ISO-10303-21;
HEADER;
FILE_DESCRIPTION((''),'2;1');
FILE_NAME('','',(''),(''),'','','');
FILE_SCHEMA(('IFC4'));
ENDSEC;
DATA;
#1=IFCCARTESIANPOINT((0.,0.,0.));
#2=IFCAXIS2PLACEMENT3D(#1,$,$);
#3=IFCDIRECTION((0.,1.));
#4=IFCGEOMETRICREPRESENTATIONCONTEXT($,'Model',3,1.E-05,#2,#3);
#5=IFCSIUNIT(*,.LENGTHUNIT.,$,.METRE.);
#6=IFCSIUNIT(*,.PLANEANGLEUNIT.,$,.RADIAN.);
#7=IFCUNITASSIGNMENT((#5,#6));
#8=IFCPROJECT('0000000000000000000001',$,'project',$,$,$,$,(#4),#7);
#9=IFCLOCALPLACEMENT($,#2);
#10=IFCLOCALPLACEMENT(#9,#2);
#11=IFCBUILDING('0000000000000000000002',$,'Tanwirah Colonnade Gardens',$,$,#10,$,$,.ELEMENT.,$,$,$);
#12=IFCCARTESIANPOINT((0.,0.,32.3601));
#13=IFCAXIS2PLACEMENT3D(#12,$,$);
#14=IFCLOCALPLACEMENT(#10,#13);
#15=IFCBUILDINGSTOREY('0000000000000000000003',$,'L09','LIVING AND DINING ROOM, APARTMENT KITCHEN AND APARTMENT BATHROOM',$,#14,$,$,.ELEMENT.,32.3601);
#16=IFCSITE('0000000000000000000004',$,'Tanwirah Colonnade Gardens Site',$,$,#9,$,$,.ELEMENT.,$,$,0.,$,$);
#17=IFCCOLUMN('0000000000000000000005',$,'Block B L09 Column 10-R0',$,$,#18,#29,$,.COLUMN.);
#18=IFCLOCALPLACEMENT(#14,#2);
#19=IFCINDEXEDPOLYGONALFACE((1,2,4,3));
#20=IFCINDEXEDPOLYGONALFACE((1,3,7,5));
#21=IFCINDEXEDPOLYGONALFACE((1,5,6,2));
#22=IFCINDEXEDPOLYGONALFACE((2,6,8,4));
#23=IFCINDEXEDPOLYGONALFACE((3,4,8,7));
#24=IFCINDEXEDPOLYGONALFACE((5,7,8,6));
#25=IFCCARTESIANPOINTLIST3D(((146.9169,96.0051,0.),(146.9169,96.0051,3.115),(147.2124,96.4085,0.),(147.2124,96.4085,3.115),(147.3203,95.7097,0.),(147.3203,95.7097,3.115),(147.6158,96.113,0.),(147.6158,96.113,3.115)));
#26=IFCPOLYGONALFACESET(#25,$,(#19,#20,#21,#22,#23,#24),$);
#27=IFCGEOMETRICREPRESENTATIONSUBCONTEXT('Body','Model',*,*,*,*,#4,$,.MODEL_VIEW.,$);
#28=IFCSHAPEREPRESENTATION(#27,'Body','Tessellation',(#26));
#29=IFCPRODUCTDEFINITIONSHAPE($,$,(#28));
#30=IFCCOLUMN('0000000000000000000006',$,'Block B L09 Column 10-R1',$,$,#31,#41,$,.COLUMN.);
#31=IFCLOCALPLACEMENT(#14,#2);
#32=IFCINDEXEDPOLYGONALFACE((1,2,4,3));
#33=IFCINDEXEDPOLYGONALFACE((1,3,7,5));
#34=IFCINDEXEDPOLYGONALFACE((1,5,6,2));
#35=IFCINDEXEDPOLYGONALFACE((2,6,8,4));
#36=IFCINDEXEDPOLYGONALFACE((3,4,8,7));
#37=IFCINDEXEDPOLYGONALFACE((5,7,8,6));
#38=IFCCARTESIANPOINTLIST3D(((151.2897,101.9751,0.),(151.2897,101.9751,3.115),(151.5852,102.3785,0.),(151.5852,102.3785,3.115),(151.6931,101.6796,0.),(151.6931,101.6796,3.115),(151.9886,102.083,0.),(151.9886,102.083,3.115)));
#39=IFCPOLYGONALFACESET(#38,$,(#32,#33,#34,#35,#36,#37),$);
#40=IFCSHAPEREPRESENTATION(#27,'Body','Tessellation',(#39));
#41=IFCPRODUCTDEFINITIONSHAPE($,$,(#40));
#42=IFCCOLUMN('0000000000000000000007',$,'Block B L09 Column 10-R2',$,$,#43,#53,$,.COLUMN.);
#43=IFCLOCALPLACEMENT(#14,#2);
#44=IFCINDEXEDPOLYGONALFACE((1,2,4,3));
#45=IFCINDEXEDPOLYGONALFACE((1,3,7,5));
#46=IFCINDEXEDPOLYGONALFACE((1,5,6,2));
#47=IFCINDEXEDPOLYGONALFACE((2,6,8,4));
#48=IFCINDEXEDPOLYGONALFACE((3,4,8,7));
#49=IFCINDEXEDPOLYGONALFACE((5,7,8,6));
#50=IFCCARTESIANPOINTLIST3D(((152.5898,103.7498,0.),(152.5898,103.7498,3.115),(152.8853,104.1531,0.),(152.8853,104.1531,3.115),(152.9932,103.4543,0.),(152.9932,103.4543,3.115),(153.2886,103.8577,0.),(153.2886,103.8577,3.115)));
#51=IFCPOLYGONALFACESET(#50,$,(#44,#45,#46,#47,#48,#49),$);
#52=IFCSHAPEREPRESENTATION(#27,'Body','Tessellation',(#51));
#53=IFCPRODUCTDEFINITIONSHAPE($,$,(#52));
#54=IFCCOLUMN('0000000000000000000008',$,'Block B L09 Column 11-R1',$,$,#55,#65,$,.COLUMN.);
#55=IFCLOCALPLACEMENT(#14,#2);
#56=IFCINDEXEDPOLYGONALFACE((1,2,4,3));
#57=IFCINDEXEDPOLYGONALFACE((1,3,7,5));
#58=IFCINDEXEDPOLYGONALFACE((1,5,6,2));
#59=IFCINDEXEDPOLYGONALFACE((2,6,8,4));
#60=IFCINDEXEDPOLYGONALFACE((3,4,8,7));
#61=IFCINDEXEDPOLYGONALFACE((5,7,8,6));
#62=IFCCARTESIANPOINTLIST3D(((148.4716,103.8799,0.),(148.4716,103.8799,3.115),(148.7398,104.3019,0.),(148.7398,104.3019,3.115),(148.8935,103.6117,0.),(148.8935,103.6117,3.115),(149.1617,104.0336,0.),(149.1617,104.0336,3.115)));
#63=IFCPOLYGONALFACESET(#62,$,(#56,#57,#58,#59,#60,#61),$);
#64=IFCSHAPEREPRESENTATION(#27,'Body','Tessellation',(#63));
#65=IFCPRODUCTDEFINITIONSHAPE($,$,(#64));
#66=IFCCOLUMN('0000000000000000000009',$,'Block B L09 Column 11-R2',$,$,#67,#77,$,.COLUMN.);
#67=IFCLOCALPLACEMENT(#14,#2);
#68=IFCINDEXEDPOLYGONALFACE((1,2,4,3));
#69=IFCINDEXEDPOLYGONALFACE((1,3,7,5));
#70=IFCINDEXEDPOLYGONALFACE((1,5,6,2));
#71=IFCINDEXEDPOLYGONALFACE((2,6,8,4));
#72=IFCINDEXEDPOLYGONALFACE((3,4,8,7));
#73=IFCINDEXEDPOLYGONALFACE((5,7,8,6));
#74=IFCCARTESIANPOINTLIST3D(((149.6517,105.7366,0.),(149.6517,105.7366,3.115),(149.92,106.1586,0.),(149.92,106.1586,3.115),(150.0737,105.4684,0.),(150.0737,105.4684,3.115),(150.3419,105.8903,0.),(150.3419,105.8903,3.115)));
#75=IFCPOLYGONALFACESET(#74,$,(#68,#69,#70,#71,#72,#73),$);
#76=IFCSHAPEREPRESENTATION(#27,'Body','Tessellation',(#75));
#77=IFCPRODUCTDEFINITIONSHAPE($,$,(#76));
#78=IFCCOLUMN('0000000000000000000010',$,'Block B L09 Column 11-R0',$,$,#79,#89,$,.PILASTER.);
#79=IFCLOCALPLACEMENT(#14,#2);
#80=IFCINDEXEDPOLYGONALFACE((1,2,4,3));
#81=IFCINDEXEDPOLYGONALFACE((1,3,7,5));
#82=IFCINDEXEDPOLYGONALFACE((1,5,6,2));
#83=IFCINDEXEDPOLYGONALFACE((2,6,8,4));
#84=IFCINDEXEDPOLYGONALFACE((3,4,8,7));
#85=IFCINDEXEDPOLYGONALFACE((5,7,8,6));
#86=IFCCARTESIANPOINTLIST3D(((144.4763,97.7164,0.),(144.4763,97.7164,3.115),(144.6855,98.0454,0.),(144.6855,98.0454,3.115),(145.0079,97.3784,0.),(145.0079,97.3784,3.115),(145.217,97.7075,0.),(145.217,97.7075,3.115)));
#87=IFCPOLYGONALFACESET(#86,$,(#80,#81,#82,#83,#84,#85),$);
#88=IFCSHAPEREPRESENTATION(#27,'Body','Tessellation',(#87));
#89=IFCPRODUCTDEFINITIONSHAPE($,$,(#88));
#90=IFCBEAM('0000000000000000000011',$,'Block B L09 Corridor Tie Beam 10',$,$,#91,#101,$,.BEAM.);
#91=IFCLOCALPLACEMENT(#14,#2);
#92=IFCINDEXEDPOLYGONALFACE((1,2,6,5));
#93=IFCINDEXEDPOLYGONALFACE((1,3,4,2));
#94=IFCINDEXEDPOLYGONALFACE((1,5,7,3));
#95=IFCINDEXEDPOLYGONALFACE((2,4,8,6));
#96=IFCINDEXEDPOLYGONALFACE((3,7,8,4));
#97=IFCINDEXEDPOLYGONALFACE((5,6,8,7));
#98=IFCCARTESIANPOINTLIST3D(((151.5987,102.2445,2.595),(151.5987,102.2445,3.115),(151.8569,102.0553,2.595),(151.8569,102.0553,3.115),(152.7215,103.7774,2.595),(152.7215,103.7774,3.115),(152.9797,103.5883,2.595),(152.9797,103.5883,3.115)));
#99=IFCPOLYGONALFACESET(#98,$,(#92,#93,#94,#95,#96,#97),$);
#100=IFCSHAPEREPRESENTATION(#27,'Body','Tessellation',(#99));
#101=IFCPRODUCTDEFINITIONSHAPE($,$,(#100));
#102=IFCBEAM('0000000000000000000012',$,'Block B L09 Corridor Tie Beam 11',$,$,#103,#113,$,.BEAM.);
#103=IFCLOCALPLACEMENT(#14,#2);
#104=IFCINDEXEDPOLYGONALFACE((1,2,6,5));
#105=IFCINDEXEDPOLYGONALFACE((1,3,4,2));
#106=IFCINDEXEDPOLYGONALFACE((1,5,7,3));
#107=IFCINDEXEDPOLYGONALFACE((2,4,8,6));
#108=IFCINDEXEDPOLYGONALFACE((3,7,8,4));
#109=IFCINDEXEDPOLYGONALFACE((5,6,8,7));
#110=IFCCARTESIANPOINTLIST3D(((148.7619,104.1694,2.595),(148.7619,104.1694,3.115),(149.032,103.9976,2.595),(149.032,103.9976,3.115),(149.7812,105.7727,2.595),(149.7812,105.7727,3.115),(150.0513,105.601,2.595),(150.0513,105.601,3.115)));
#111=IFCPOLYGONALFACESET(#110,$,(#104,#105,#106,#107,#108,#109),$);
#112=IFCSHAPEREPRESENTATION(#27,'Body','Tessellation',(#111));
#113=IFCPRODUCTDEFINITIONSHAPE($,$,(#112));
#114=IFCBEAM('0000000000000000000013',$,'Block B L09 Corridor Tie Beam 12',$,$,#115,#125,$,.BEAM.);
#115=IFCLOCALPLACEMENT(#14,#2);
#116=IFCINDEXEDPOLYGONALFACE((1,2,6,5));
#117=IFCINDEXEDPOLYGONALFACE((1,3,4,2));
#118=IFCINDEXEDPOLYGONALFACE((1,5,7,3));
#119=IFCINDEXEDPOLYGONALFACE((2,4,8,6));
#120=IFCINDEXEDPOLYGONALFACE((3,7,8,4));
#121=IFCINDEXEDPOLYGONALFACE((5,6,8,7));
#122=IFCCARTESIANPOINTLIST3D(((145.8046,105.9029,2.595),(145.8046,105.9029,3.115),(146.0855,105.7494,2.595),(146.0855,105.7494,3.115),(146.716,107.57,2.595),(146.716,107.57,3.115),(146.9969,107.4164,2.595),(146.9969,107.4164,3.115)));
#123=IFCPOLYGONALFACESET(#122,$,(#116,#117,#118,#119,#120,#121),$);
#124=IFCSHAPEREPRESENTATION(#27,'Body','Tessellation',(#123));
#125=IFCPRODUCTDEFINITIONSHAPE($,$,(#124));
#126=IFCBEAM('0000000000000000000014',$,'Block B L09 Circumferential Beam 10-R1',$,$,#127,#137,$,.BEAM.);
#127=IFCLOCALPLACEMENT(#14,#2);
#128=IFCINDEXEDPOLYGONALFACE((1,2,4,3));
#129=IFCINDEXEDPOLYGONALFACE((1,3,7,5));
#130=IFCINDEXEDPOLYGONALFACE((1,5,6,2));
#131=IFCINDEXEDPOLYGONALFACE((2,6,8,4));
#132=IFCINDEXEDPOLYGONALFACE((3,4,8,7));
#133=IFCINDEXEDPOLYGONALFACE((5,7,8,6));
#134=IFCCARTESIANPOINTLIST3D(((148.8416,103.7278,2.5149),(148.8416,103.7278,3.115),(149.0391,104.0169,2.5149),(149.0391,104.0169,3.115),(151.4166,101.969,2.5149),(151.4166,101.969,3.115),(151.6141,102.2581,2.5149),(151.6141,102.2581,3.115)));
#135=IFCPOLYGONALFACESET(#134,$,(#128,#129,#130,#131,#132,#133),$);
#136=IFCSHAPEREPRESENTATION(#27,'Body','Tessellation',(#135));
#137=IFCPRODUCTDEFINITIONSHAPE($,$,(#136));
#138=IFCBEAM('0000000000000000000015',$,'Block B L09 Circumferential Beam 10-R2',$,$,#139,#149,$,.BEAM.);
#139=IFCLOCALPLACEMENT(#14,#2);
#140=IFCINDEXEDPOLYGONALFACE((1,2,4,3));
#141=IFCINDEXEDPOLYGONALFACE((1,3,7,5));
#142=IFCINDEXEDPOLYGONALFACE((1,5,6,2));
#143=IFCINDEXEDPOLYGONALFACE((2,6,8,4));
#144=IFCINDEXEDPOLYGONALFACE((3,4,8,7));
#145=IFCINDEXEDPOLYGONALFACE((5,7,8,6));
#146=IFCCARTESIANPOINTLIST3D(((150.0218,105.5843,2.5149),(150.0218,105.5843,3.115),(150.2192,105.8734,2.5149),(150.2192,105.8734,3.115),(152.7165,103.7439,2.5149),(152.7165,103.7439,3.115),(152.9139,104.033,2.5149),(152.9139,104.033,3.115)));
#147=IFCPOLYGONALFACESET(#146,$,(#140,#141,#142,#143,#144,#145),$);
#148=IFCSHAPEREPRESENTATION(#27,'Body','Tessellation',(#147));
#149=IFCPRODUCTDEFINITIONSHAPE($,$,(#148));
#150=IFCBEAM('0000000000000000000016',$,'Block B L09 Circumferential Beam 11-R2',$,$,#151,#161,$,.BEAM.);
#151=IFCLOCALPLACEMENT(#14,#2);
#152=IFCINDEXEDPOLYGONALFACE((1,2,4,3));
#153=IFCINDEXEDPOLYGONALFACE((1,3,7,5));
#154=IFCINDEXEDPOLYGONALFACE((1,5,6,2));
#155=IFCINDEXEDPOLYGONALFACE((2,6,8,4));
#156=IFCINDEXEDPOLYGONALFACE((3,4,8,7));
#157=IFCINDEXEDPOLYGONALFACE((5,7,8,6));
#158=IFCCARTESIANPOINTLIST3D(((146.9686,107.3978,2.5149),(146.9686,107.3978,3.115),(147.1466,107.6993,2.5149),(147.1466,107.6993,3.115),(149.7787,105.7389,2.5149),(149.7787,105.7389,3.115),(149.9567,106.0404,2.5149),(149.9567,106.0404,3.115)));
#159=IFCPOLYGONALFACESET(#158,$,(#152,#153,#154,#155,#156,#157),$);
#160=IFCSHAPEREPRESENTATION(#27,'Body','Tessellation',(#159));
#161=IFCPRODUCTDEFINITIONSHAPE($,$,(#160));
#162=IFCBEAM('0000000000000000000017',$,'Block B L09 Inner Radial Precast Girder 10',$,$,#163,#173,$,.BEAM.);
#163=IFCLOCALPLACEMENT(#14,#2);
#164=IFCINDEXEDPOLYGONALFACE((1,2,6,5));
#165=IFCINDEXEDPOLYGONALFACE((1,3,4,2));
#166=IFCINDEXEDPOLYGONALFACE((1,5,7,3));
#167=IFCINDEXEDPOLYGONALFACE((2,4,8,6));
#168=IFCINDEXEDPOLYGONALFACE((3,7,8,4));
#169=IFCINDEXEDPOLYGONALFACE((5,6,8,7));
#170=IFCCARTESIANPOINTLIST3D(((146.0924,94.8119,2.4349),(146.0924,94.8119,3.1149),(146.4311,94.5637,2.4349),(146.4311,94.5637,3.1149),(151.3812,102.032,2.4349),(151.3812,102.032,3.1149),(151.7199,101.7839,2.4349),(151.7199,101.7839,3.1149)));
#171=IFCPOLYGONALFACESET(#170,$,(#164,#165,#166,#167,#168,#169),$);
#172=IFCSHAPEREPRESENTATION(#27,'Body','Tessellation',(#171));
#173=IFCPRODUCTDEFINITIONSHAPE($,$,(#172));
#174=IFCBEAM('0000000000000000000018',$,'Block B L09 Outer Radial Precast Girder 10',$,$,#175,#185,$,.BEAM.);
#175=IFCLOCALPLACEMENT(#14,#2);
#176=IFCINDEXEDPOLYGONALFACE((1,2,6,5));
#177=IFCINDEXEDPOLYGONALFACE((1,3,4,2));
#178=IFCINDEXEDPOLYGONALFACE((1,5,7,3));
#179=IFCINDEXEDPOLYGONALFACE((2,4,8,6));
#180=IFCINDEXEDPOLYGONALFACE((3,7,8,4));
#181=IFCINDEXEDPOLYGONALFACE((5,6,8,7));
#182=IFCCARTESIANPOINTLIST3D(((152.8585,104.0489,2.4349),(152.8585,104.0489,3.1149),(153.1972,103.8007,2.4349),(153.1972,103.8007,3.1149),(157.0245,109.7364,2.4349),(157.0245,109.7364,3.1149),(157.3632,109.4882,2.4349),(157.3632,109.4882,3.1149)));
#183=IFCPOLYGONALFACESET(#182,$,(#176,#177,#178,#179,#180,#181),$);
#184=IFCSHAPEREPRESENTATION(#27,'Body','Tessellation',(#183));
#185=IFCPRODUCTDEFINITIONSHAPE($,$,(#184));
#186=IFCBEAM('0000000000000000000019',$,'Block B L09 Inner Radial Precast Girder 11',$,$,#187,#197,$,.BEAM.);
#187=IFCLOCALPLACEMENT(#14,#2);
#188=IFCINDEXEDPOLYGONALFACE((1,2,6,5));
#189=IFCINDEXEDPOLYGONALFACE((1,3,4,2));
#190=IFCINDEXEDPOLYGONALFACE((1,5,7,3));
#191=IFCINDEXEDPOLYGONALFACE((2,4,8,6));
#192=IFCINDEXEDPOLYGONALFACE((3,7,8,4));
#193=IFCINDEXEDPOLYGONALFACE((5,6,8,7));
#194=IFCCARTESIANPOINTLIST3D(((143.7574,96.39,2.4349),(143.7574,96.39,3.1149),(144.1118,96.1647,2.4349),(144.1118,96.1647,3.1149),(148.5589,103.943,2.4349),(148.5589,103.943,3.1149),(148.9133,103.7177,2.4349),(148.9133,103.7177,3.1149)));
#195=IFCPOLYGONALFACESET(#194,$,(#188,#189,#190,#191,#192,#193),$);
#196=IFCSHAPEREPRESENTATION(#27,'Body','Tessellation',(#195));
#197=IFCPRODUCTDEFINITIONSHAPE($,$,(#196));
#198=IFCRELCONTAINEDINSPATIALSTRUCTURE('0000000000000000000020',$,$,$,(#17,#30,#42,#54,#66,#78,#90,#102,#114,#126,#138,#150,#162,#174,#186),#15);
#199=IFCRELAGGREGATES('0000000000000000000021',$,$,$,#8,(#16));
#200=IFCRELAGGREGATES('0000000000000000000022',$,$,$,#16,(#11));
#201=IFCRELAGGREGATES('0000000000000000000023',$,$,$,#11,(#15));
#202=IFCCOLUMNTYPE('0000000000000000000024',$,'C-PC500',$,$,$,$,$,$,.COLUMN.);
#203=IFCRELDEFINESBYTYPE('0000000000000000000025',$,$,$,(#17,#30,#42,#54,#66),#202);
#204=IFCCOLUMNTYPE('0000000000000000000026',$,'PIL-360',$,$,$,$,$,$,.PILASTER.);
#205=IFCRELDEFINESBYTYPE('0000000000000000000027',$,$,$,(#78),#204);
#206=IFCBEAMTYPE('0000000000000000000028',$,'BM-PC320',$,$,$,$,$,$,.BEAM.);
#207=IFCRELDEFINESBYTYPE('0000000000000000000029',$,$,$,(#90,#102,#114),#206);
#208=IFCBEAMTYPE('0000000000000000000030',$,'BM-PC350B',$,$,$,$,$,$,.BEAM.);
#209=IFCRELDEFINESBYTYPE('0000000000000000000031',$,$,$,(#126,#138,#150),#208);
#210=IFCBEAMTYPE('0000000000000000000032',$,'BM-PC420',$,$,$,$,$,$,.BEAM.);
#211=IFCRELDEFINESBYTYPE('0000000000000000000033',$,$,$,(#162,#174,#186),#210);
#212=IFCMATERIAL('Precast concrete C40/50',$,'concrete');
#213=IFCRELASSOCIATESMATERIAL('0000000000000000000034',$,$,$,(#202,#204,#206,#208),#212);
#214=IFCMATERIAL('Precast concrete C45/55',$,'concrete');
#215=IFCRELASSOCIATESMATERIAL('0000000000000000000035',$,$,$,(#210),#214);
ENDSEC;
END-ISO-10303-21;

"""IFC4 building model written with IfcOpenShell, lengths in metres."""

from ifc_helpers import new_model, si_unit, direction, frame, origin, origin_2d, place, context, subcontext, project, spatial, rectangle, extrude, material, material_profile, profile_set, type_object, element, save


model = new_model("IFC4")

# Units and contexts
model_context = context("Model", 3, precision=1e-05, world=origin(), true_north=direction((0.0, 1.0)))
body_context = subcontext(model_context, "Body", "Model", "MODEL_VIEW")
ifc_project = project(units=[si_unit("LENGTHUNIT", "METRE"), si_unit("PLANEANGLEUNIT", "RADIAN")], contexts=[model_context])

# Site, building, storey
site_placement = place(None, origin())
site = spatial("IfcSite", under=ifc_project, at=site_placement, Name="Tanwirah Colonnade Gardens Site", CompositionType="ELEMENT", RefElevation=0.0)
building_placement = place(site_placement, origin())
building = spatial("IfcBuilding", under=site, at=building_placement, Name="Tanwirah Colonnade Gardens", CompositionType="ELEMENT")
storey_placement = place(building_placement, frame((0.0, 0.0, 32.3601)))
storey = spatial("IfcBuildingStorey", under=building, at=storey_placement, Name="L09", Description="LIVING AND DINING ROOM, APARTMENT KITCHEN AND APARTMENT BATHROOM", CompositionType="ELEMENT", Elevation=32.3601)

# Columns
ifc_material_1 = material(Name="Precast concrete C40/50", Category="concrete")
ifc_material_profile_1 = material_profile(ifc_material_1, rectangle(XDim=0.5, YDim=0.5, at=origin_2d()), Name="PC-COL 500x500")
ifc_profile_set_1 = profile_set([ifc_material_profile_1], Name="Precast concrete C40/50")
column_type_1 = type_object("IfcColumnType", Name="C-PC500", PredefinedType="COLUMN", material=ifc_profile_set_1)
for number, where, z_axis, x_axis, name in (
    (1, (147.2664, 96.0591, 0.0), (0.0, 0.0, 1.0), (0.590919, 0.806731, 0.0), "Block B L09 Column 10-R0"),
    (2, (151.6392, 102.0291, 0.0), (0.0, 0.0, 1.0), (0.590919, 0.806731, 0.0), "Block B L09 Column 10-R1"),
    (3, (152.9392, 103.8037, 0.0), (0.0, 0.0, 1.0), (0.590919, 0.806731, 0.0), "Block B L09 Column 10-R2"),
    (4, (148.8167, 103.9568, 0.0), (0.0, 0.0, 1.0), (0.536482, 0.843912, 0.0), "Block B L09 Column 11-R1"),
    (5, (149.9968, 105.8135, 0.0), (0.0, 0.0, 1.0), (0.536482, 0.843912, 0.0), "Block B L09 Column 11-R2"),
):
    element("IfcColumn", number, at=place(storey_placement, frame(where, z_axis=z_axis, x_axis=x_axis)), inside=storey, type_object=column_type_1, Name=name, PredefinedType="COLUMN", context=body_context, shape_type="SweptSolid", body=[
        extrude(rectangle(XDim=0.5, YDim=0.5, at=origin_2d()), origin(), (0.0, 0.0, 1.0), 3.115),
    ])
ifc_material_profile_2 = material_profile(ifc_material_1, rectangle(XDim=0.3899, YDim=0.6299, at=origin_2d()), Name="PC-PIL 390x630")
ifc_profile_set_2 = profile_set([ifc_material_profile_2], Name="Precast concrete C40/50")
column_type_2 = type_object("IfcColumnType", Name="PIL-360", PredefinedType="PILASTER", material=ifc_profile_set_2)
column_placement = place(storey_placement, frame((144.8467, 97.7119, 0.0), z_axis=(0.0, 0.0, 1.0), x_axis=(0.536482, 0.843912, 0.0)))
element("IfcColumn", 6, at=column_placement, inside=storey, type_object=column_type_2, Name="Block B L09 Column 11-R0", PredefinedType="PILASTER", context=body_context, shape_type="SweptSolid", body=[
    extrude(rectangle(XDim=0.3899, YDim=0.6299, at=origin_2d()), origin(), (0.0, 0.0, 1.0), 3.115),
])

# Beams
ifc_material_profile_3 = material_profile(ifc_material_1, rectangle(XDim=0.3201, YDim=0.52, at=origin_2d()), Name="PC-BM 320x520")
ifc_profile_set_3 = profile_set([ifc_material_profile_3], Name="Precast concrete C40/50")
beam_type_1 = type_object("IfcBeamType", Name="BM-PC320", PredefinedType="BEAM", material=ifc_profile_set_3)
beam_1_placement = place(storey_placement, frame((151.7278, 102.1499, 2.855), z_axis=(0.590896, 0.806748, 0.0), x_axis=(-0.806748, 0.590896, 0.0)))
element("IfcBeam", 7, at=beam_1_placement, inside=storey, type_object=beam_type_1, Name="Block B L09 Corridor Tie Beam 10", PredefinedType="BEAM", context=body_context, shape_type="SweptSolid", body=[
    extrude(rectangle(XDim=0.3201, YDim=0.52, at=origin_2d()), origin(), (0.0, 0.0, 1.0), 1.9001),
])
for number, where, z_axis, x_axis, name in (
    (8, (148.897, 104.0835, 2.855), (0.53651, 0.843894, 0.0), (-0.843894, 0.53651, 0.0), "Block B L09 Corridor Tie Beam 11"),
    (9, (145.9451, 105.8262, 2.855), (0.479707, 0.877429, 0.0), (-0.877429, 0.479707, 0.0), "Block B L09 Corridor Tie Beam 12"),
):
    element("IfcBeam", number, at=place(storey_placement, frame(where, z_axis=z_axis, x_axis=x_axis)), inside=storey, type_object=beam_type_1, Name=name, PredefinedType="BEAM", context=body_context, shape_type="SweptSolid", body=[
        extrude(rectangle(XDim=0.3201, YDim=0.52, at=origin_2d()), origin(), (0.0, 0.0, 1.0), 1.8999),
    ])
ifc_material_profile_4 = material_profile(ifc_material_1, rectangle(XDim=0.3501, YDim=0.6001, at=origin_2d()), Name="PC-BM 350x600")
ifc_profile_set_4 = profile_set([ifc_material_profile_4], Name="Precast concrete C40/50")
beam_type_2 = type_object("IfcBeamType", Name="BM-PC350B", PredefinedType="BEAM", material=ifc_profile_set_4)
beam_2_placement = place(storey_placement, frame((151.5154, 102.1135, 2.8149), z_axis=(-0.825758, 0.564024, 0.0), x_axis=(-0.564024, -0.825758, 0.0)))
element("IfcBeam", 10, at=beam_2_placement, inside=storey, type_object=beam_type_2, Name="Block B L09 Circumferential Beam 10-R1", PredefinedType="BEAM", context=body_context, shape_type="SweptSolid", body=[
    extrude(rectangle(XDim=0.3501, YDim=0.6001, at=origin_2d()), origin(), (0.0, 0.0, 1.0), 3.1184),
])
for number, where, z_axis, x_axis, name in (
    (11, (152.8152, 103.8884, 2.8149), (-0.825782, 0.563989, 0.0), (-0.563989, -0.825782, 0.0), "Block B L09 Circumferential Beam 10-R2"),
    (12, (149.8677, 105.8896, 2.8149), (-0.861135, 0.508376, 0.0), (-0.508376, -0.861135, 0.0), "Block B L09 Circumferential Beam 11-R2"),
):
    element("IfcBeam", number, at=place(storey_placement, frame(where, z_axis=z_axis, x_axis=x_axis)), inside=storey, type_object=beam_type_2, Name=name, PredefinedType="BEAM", context=body_context, shape_type="SweptSolid", body=[
        extrude(rectangle(XDim=0.3501, YDim=0.6001, at=origin_2d()), origin(), (0.0, 0.0, 1.0), 3.2632),
    ])
ifc_material_2 = material(Name="Precast concrete C45/55", Category="concrete")
ifc_material_profile_5 = material_profile(ifc_material_2, rectangle(XDim=0.4199, YDim=0.6799, at=origin_2d()), Name="PC-BM 420x680")
ifc_profile_set_5 = profile_set([ifc_material_profile_5], Name="Precast concrete C45/55")
beam_type_3 = type_object("IfcBeamType", Name="BM-PC420", PredefinedType="BEAM", material=ifc_profile_set_5)
beam_3_placement = place(storey_placement, frame((151.5505, 101.908, 2.7749), z_axis=(-0.590927, -0.806725, 0.0), x_axis=(0.806725, -0.590927, 0.0)))
element("IfcBeam", 13, at=beam_3_placement, inside=storey, type_object=beam_type_3, Name="Block B L09 Inner Radial Precast Girder 10", PredefinedType="BEAM", context=body_context, shape_type="SweptSolid", body=[
    extrude(rectangle(XDim=0.4199, YDim=0.6799, at=origin_2d()), origin(), (0.0, 0.0, 1.0), 8.95),
])
beam_4_placement = place(storey_placement, frame((153.0278, 103.9248, 2.7749), z_axis=(0.590919, 0.806731, 0.0), x_axis=(-0.806731, 0.590919, 0.0)))
element("IfcBeam", 14, at=beam_4_placement, inside=storey, type_object=beam_type_3, Name="Block B L09 Outer Radial Precast Girder 10", PredefinedType="BEAM", context=body_context, shape_type="SweptSolid", body=[
    extrude(rectangle(XDim=0.4199, YDim=0.6799, at=origin_2d()), origin(), (0.0, 0.0, 1.0), 7.05),
])
beam_5_placement = place(storey_placement, frame((148.7361, 103.8303, 2.7749), z_axis=(-0.536484, -0.843911, 0.0), x_axis=(0.843911, -0.536484, 0.0)))
element("IfcBeam", 15, at=beam_5_placement, inside=storey, type_object=beam_type_3, Name="Block B L09 Inner Radial Precast Girder 11", PredefinedType="BEAM", context=body_context, shape_type="SweptSolid", body=[
    extrude(rectangle(XDim=0.4199, YDim=0.6799, at=origin_2d()), origin(), (0.0, 0.0, 1.0), 8.95),
])

save(model, "model.ifc")
